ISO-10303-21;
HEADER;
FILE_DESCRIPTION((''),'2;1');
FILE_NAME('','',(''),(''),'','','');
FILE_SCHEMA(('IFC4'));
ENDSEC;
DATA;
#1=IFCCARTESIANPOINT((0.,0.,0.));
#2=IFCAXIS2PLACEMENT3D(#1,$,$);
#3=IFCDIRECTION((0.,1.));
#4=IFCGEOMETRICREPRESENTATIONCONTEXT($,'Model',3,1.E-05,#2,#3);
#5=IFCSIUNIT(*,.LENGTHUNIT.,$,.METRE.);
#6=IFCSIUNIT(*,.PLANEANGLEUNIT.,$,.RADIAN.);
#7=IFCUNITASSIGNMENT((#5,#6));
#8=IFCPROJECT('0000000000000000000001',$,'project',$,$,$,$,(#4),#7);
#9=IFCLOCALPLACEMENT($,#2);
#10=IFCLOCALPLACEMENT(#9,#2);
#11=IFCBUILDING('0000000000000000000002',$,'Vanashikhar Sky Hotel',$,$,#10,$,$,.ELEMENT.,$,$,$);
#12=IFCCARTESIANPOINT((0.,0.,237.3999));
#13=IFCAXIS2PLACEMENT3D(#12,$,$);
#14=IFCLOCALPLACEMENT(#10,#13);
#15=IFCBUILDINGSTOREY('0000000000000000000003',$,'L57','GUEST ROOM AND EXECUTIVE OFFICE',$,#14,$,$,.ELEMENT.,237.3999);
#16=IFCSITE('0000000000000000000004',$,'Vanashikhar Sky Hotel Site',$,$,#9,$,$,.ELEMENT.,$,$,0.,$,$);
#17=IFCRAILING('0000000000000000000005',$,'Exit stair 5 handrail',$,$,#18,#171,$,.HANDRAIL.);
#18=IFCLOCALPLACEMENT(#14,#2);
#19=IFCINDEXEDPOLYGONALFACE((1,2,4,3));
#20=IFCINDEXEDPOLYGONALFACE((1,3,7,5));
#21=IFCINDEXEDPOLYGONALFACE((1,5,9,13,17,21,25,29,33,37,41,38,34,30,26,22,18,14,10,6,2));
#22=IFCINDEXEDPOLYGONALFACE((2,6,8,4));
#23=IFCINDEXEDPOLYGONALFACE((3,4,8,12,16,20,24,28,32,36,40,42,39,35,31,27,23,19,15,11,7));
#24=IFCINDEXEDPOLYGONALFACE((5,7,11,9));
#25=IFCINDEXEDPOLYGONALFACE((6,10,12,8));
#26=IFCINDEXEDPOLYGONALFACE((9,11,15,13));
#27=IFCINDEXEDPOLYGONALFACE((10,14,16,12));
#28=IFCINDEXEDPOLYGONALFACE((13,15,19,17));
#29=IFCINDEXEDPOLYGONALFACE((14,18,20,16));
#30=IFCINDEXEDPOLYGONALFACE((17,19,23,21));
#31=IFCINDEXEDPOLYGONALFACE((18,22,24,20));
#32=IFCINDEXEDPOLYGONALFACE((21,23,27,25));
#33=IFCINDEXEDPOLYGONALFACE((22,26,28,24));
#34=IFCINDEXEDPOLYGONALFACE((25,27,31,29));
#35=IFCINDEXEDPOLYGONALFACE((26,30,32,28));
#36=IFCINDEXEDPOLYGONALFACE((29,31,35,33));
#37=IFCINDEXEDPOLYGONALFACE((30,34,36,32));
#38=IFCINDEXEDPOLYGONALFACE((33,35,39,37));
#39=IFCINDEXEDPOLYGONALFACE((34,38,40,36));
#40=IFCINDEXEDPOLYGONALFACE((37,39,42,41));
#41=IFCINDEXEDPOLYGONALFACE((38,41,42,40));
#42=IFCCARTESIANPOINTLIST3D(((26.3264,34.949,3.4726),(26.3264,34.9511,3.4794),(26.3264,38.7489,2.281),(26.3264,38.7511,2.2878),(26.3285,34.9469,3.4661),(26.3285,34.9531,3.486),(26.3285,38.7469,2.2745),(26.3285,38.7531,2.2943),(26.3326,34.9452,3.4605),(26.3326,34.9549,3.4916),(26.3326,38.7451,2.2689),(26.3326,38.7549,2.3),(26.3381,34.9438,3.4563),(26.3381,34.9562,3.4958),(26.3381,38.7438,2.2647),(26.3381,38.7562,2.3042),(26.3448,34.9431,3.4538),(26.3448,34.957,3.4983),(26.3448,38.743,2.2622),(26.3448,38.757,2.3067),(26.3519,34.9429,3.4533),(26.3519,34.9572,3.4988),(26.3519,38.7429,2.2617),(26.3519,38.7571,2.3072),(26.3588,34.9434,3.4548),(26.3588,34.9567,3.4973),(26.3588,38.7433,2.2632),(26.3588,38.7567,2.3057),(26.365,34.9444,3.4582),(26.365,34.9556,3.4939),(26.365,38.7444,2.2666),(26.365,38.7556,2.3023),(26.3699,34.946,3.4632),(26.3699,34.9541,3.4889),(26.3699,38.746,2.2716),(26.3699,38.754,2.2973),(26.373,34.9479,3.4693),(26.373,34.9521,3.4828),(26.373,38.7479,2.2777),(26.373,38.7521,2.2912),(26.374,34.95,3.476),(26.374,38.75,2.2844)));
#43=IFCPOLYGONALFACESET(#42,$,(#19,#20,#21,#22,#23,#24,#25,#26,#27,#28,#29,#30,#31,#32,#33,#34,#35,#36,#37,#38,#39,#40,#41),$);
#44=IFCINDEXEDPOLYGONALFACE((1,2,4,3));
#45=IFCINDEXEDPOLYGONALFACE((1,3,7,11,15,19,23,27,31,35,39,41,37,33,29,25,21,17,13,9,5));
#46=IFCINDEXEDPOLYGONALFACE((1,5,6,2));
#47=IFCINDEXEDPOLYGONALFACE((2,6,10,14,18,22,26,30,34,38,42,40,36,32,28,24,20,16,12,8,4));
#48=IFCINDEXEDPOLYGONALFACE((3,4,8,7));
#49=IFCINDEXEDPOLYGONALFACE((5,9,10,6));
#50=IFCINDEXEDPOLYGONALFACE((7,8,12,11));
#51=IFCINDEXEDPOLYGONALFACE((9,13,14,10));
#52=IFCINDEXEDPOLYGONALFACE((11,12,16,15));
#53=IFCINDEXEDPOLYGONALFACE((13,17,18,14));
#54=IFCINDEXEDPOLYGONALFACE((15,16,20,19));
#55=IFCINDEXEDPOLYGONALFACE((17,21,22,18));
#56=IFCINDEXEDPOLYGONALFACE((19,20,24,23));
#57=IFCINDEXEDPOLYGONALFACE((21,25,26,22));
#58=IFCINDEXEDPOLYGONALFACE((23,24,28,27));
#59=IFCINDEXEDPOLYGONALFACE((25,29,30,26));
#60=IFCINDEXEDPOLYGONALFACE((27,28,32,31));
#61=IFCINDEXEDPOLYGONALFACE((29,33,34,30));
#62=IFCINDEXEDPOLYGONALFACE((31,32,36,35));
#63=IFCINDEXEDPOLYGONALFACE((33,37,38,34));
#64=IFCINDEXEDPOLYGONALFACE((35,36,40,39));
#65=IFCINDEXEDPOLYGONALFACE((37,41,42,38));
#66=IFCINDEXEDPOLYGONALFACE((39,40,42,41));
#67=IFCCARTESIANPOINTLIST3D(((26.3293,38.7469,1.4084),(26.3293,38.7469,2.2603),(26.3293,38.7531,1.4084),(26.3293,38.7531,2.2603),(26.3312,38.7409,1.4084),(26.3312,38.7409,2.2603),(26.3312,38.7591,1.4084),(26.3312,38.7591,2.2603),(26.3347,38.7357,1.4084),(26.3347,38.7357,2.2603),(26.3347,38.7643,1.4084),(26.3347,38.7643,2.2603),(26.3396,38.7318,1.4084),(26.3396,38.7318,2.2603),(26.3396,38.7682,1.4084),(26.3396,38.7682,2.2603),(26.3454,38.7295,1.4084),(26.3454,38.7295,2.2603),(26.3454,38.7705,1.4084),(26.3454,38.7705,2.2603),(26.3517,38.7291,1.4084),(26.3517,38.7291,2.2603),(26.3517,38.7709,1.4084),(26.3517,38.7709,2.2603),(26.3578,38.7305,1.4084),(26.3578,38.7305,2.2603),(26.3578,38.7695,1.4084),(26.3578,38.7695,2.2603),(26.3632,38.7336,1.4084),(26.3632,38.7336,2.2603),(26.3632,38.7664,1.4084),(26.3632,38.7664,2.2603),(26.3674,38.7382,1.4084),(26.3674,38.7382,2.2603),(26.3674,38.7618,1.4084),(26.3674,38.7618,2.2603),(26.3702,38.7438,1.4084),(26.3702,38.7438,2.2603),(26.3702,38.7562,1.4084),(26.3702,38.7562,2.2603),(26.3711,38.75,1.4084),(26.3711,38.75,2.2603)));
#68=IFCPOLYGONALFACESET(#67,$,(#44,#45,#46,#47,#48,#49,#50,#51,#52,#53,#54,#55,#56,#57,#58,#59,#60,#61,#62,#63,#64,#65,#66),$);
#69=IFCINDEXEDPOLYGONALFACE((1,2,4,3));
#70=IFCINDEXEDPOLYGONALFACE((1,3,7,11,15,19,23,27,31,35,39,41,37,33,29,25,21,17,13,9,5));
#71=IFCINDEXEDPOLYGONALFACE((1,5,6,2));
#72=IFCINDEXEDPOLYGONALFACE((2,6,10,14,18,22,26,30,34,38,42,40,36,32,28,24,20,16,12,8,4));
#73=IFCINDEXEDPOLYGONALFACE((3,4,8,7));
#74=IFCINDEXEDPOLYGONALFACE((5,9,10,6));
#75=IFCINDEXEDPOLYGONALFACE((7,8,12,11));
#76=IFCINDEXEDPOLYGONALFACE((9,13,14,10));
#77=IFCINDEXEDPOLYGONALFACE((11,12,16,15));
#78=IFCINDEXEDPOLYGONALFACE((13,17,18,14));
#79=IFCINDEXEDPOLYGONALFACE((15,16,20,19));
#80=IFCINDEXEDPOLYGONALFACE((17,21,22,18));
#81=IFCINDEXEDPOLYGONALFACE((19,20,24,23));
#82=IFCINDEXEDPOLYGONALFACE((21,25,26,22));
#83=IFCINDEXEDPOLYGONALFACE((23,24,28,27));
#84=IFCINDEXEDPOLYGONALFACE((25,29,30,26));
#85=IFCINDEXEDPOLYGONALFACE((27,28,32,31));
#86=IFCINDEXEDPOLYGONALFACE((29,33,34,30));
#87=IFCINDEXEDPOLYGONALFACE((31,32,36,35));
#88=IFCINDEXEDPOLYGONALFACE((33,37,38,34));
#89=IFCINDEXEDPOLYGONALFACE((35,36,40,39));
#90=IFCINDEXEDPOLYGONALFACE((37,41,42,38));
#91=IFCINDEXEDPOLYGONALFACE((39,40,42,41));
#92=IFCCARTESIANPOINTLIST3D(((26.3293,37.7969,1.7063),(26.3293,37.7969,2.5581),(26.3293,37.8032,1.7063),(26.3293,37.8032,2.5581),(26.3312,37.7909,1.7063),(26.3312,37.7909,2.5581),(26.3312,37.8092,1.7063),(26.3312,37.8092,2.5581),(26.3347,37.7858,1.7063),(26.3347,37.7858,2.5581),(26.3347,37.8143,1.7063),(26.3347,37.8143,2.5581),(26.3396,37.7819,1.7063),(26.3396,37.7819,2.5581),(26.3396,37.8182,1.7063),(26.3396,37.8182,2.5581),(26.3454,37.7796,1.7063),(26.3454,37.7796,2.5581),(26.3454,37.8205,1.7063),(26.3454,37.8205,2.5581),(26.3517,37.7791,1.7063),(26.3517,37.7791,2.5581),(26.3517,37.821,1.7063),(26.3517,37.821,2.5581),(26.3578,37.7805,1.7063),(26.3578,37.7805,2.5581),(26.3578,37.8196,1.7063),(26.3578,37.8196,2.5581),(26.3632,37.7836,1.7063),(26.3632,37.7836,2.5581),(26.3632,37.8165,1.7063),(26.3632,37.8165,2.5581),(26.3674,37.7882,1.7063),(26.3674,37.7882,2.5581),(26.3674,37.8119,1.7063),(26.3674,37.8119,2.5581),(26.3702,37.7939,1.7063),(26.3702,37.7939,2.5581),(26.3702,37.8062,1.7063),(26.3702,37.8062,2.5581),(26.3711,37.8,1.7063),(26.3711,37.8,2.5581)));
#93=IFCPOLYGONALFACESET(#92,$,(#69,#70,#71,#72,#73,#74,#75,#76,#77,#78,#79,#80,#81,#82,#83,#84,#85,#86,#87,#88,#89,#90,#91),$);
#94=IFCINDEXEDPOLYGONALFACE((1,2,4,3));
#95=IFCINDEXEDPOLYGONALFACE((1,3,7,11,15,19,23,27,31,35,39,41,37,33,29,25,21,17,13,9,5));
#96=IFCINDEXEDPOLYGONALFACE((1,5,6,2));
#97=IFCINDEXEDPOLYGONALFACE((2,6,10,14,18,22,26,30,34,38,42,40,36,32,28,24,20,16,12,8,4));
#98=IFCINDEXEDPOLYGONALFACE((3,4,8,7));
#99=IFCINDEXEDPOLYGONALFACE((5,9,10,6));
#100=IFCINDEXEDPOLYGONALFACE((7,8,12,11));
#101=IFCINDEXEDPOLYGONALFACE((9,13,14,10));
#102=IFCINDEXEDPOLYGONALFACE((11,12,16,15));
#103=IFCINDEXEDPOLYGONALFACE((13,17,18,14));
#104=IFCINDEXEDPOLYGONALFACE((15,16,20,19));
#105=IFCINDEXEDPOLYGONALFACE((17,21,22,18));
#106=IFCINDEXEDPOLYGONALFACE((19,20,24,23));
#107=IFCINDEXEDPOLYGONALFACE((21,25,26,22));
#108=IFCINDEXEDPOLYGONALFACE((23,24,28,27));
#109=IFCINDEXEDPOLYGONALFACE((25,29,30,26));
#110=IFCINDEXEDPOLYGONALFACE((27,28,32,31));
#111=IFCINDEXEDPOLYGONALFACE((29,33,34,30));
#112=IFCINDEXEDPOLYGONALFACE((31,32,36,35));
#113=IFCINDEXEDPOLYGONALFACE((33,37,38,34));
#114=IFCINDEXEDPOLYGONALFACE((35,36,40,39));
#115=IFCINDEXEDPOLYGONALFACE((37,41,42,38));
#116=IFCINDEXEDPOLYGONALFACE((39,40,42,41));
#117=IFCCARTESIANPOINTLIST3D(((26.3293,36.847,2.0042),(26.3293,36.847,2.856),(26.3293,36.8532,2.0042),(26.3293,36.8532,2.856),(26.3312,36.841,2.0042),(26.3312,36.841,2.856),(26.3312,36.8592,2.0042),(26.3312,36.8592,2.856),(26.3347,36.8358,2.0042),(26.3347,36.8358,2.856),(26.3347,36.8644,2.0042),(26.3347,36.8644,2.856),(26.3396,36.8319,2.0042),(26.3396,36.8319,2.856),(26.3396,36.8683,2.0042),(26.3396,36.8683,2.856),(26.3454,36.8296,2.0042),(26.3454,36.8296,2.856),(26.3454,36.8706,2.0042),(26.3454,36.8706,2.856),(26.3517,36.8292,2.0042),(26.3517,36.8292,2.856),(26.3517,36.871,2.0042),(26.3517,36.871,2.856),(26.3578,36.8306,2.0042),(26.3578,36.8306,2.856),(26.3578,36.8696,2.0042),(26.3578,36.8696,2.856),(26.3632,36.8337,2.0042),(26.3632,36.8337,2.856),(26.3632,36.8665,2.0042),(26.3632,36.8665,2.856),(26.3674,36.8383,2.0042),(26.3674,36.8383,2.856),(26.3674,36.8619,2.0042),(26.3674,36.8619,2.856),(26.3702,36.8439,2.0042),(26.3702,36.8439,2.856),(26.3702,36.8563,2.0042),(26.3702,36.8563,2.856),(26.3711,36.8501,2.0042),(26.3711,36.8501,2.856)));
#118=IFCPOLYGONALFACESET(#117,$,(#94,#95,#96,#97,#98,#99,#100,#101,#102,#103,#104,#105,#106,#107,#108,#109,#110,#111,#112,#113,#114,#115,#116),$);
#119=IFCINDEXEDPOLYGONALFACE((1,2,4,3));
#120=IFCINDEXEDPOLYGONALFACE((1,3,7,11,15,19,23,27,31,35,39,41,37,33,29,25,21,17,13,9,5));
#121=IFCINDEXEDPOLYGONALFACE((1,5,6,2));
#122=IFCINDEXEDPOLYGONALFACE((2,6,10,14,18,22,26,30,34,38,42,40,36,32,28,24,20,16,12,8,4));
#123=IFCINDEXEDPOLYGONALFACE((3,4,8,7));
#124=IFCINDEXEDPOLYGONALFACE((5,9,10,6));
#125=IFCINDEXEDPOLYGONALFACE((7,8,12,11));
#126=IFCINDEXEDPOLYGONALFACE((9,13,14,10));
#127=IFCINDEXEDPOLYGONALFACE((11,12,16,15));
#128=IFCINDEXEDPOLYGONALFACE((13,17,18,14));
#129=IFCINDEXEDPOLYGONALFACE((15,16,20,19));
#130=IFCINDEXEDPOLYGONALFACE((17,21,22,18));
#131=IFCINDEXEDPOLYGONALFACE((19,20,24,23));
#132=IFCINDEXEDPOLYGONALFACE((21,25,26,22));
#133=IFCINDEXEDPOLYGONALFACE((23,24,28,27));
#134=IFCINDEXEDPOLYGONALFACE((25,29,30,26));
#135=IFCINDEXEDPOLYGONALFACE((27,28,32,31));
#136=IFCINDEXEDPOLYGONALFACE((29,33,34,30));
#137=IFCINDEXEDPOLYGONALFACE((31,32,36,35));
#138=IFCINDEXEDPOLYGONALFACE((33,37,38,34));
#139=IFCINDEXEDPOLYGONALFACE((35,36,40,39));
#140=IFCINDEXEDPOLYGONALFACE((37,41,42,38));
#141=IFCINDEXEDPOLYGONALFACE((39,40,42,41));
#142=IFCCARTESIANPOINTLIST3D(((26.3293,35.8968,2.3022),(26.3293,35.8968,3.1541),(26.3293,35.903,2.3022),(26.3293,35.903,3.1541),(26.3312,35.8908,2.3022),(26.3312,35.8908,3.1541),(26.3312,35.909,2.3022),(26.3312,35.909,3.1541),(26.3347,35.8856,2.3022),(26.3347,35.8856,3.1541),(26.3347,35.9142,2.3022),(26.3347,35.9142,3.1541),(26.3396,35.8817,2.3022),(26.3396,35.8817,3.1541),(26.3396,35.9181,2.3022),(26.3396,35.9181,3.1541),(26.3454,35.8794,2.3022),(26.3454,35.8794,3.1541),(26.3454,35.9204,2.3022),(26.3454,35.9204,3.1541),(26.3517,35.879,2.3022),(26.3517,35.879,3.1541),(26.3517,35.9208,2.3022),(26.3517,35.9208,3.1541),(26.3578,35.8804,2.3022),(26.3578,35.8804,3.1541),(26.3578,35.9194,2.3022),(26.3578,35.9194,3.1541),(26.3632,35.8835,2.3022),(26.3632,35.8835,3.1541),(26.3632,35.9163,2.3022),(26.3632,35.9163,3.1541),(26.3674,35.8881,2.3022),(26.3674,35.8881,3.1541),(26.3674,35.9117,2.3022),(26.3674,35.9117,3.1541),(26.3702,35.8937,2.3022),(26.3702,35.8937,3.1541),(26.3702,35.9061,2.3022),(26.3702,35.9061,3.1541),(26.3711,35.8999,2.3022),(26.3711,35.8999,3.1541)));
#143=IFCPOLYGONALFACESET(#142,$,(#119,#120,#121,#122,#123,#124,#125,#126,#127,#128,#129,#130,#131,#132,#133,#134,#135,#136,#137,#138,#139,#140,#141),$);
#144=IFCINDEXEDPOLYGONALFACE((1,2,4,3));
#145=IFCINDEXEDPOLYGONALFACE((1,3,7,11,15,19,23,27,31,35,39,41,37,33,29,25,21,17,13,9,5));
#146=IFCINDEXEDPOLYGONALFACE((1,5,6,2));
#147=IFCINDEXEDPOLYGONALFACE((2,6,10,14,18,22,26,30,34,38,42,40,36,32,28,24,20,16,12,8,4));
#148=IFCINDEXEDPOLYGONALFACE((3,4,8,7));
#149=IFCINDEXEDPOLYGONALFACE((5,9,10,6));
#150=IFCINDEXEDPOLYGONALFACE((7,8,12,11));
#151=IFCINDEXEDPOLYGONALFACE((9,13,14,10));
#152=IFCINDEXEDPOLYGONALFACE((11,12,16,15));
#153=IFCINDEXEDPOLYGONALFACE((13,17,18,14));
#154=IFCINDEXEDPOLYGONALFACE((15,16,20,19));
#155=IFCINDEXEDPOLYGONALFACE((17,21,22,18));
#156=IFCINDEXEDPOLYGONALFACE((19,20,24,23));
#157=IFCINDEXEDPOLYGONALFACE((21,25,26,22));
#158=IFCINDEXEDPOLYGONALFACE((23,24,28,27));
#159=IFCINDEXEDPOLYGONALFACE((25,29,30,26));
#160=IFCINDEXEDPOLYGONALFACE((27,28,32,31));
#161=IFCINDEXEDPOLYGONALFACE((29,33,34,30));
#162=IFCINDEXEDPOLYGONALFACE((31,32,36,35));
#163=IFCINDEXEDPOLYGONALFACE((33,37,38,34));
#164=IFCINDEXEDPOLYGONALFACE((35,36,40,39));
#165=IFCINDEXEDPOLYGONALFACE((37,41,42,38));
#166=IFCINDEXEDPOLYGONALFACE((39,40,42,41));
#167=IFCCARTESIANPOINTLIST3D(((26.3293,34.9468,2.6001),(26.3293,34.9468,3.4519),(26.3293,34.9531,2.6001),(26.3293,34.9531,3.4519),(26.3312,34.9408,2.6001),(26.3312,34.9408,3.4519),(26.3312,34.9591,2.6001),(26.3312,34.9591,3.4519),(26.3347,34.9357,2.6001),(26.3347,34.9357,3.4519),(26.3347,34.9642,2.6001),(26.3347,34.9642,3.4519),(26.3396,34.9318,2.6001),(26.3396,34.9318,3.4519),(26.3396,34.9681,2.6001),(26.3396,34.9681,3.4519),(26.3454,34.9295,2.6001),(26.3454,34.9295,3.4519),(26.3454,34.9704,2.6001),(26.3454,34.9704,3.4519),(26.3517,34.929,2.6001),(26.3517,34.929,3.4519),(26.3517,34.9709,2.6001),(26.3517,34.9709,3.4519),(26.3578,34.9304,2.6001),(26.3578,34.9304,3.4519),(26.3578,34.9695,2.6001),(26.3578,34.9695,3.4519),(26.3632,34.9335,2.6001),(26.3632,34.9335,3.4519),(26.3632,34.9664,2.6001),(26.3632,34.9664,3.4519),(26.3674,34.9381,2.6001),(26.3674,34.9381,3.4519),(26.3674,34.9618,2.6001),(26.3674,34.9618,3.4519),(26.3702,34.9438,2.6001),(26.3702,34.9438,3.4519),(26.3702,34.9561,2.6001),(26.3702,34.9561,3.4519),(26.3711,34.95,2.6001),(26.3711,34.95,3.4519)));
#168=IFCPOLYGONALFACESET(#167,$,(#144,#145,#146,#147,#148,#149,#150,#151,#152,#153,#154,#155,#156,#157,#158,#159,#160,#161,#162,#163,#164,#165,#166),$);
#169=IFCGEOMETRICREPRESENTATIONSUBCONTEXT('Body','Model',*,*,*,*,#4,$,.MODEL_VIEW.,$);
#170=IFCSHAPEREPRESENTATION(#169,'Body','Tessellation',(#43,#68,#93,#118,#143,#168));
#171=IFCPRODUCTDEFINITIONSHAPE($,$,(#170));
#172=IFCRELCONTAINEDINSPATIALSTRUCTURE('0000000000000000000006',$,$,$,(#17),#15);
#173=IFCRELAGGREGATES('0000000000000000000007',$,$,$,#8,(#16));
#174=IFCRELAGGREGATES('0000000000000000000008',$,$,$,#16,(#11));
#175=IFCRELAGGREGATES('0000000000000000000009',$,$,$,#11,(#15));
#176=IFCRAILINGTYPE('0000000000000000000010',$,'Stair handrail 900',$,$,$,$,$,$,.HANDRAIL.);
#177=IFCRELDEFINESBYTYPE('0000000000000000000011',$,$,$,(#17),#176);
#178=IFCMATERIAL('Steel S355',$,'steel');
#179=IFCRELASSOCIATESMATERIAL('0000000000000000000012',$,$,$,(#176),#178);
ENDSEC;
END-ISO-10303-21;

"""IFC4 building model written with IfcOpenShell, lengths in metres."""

from ifc_helpers import new_model, si_unit, direction, frame, origin, origin_2d, place, context, subcontext, project, spatial, circle, extrude, source, transform, mapped, material, type_object, element, save


model = new_model("IFC4")

# Units and contexts
model_context = context("Model", 3, precision=1e-05, world=origin(), true_north=direction((0.0, 1.0)))
body_context = subcontext(model_context, "Body", "Model", "MODEL_VIEW")
ifc_project = project(units=[si_unit("LENGTHUNIT", "METRE"), si_unit("PLANEANGLEUNIT", "RADIAN")], contexts=[model_context])

# Site, building, storey
site_placement = place(None, origin())
site = spatial("IfcSite", under=ifc_project, at=site_placement, Name="Vanashikhar Sky Hotel Site", CompositionType="ELEMENT", RefElevation=0.0)
building_placement = place(site_placement, origin())
building = spatial("IfcBuilding", under=site, at=building_placement, Name="Vanashikhar Sky Hotel", CompositionType="ELEMENT")
storey_placement = place(building_placement, frame((0.0, 0.0, 237.3999)))
storey = spatial("IfcBuildingStorey", under=building, at=storey_placement, Name="L57", Description="GUEST ROOM AND EXECUTIVE OFFICE", CompositionType="ELEMENT", Elevation=237.3999)

# Railing
ifc_material_1 = material(Name="Steel S355", Category="steel")
railing_type_1 = type_object("IfcRailingType", Name="Stair handrail 900", PredefinedType="HANDRAIL", material=ifc_material_1)
shared_shape_1 = source(origin(), body_context, "Body", "SweptSolid", [
    extrude(circle(Radius=0.0239, at=origin_2d()), frame((0.0, 0.0, 0.876), z_axis=(0.0, -0.954184, 0.299221), x_axis=(1.0, 0.0, 0.0)), (0.0, 0.0, 1.0), 3.9824),
    extrude(circle(Radius=0.021, at=origin_2d()), origin(), (0.0, 0.0, 1.0), 0.8518),
    extrude(circle(Radius=0.021, at=origin_2d()), frame((0.0, -0.95, 0.2979)), (0.0, 0.0, 1.0), 0.8518),
    extrude(circle(Radius=0.021, at=origin_2d()), frame((0.0, -1.8999, 0.5957)), (0.0, 0.0, 1.0), 0.8518),
    extrude(circle(Radius=0.021, at=origin_2d()), frame((0.0, -2.8501, 0.8938)), (0.0, 0.0, 1.0), 0.8518),
    extrude(circle(Radius=0.021, at=origin_2d()), frame((0.0, -3.8, 1.1917)), (0.0, 0.0, 1.0), 0.8518),
])
railing_1_placement = place(storey_placement, frame((26.3501, 38.75, 1.4084)))
element("IfcRailing", 1, at=railing_1_placement, inside=storey, type_object=railing_type_1, Name="Exit stair 5 handrail", PredefinedType="HANDRAIL", context=body_context, shape_type="MappedRepresentation", body=[
    mapped(shared_shape_1, transform((0.0, 0.0, 0.0), scale=1.0)),
])

save(model, "model.ifc")
